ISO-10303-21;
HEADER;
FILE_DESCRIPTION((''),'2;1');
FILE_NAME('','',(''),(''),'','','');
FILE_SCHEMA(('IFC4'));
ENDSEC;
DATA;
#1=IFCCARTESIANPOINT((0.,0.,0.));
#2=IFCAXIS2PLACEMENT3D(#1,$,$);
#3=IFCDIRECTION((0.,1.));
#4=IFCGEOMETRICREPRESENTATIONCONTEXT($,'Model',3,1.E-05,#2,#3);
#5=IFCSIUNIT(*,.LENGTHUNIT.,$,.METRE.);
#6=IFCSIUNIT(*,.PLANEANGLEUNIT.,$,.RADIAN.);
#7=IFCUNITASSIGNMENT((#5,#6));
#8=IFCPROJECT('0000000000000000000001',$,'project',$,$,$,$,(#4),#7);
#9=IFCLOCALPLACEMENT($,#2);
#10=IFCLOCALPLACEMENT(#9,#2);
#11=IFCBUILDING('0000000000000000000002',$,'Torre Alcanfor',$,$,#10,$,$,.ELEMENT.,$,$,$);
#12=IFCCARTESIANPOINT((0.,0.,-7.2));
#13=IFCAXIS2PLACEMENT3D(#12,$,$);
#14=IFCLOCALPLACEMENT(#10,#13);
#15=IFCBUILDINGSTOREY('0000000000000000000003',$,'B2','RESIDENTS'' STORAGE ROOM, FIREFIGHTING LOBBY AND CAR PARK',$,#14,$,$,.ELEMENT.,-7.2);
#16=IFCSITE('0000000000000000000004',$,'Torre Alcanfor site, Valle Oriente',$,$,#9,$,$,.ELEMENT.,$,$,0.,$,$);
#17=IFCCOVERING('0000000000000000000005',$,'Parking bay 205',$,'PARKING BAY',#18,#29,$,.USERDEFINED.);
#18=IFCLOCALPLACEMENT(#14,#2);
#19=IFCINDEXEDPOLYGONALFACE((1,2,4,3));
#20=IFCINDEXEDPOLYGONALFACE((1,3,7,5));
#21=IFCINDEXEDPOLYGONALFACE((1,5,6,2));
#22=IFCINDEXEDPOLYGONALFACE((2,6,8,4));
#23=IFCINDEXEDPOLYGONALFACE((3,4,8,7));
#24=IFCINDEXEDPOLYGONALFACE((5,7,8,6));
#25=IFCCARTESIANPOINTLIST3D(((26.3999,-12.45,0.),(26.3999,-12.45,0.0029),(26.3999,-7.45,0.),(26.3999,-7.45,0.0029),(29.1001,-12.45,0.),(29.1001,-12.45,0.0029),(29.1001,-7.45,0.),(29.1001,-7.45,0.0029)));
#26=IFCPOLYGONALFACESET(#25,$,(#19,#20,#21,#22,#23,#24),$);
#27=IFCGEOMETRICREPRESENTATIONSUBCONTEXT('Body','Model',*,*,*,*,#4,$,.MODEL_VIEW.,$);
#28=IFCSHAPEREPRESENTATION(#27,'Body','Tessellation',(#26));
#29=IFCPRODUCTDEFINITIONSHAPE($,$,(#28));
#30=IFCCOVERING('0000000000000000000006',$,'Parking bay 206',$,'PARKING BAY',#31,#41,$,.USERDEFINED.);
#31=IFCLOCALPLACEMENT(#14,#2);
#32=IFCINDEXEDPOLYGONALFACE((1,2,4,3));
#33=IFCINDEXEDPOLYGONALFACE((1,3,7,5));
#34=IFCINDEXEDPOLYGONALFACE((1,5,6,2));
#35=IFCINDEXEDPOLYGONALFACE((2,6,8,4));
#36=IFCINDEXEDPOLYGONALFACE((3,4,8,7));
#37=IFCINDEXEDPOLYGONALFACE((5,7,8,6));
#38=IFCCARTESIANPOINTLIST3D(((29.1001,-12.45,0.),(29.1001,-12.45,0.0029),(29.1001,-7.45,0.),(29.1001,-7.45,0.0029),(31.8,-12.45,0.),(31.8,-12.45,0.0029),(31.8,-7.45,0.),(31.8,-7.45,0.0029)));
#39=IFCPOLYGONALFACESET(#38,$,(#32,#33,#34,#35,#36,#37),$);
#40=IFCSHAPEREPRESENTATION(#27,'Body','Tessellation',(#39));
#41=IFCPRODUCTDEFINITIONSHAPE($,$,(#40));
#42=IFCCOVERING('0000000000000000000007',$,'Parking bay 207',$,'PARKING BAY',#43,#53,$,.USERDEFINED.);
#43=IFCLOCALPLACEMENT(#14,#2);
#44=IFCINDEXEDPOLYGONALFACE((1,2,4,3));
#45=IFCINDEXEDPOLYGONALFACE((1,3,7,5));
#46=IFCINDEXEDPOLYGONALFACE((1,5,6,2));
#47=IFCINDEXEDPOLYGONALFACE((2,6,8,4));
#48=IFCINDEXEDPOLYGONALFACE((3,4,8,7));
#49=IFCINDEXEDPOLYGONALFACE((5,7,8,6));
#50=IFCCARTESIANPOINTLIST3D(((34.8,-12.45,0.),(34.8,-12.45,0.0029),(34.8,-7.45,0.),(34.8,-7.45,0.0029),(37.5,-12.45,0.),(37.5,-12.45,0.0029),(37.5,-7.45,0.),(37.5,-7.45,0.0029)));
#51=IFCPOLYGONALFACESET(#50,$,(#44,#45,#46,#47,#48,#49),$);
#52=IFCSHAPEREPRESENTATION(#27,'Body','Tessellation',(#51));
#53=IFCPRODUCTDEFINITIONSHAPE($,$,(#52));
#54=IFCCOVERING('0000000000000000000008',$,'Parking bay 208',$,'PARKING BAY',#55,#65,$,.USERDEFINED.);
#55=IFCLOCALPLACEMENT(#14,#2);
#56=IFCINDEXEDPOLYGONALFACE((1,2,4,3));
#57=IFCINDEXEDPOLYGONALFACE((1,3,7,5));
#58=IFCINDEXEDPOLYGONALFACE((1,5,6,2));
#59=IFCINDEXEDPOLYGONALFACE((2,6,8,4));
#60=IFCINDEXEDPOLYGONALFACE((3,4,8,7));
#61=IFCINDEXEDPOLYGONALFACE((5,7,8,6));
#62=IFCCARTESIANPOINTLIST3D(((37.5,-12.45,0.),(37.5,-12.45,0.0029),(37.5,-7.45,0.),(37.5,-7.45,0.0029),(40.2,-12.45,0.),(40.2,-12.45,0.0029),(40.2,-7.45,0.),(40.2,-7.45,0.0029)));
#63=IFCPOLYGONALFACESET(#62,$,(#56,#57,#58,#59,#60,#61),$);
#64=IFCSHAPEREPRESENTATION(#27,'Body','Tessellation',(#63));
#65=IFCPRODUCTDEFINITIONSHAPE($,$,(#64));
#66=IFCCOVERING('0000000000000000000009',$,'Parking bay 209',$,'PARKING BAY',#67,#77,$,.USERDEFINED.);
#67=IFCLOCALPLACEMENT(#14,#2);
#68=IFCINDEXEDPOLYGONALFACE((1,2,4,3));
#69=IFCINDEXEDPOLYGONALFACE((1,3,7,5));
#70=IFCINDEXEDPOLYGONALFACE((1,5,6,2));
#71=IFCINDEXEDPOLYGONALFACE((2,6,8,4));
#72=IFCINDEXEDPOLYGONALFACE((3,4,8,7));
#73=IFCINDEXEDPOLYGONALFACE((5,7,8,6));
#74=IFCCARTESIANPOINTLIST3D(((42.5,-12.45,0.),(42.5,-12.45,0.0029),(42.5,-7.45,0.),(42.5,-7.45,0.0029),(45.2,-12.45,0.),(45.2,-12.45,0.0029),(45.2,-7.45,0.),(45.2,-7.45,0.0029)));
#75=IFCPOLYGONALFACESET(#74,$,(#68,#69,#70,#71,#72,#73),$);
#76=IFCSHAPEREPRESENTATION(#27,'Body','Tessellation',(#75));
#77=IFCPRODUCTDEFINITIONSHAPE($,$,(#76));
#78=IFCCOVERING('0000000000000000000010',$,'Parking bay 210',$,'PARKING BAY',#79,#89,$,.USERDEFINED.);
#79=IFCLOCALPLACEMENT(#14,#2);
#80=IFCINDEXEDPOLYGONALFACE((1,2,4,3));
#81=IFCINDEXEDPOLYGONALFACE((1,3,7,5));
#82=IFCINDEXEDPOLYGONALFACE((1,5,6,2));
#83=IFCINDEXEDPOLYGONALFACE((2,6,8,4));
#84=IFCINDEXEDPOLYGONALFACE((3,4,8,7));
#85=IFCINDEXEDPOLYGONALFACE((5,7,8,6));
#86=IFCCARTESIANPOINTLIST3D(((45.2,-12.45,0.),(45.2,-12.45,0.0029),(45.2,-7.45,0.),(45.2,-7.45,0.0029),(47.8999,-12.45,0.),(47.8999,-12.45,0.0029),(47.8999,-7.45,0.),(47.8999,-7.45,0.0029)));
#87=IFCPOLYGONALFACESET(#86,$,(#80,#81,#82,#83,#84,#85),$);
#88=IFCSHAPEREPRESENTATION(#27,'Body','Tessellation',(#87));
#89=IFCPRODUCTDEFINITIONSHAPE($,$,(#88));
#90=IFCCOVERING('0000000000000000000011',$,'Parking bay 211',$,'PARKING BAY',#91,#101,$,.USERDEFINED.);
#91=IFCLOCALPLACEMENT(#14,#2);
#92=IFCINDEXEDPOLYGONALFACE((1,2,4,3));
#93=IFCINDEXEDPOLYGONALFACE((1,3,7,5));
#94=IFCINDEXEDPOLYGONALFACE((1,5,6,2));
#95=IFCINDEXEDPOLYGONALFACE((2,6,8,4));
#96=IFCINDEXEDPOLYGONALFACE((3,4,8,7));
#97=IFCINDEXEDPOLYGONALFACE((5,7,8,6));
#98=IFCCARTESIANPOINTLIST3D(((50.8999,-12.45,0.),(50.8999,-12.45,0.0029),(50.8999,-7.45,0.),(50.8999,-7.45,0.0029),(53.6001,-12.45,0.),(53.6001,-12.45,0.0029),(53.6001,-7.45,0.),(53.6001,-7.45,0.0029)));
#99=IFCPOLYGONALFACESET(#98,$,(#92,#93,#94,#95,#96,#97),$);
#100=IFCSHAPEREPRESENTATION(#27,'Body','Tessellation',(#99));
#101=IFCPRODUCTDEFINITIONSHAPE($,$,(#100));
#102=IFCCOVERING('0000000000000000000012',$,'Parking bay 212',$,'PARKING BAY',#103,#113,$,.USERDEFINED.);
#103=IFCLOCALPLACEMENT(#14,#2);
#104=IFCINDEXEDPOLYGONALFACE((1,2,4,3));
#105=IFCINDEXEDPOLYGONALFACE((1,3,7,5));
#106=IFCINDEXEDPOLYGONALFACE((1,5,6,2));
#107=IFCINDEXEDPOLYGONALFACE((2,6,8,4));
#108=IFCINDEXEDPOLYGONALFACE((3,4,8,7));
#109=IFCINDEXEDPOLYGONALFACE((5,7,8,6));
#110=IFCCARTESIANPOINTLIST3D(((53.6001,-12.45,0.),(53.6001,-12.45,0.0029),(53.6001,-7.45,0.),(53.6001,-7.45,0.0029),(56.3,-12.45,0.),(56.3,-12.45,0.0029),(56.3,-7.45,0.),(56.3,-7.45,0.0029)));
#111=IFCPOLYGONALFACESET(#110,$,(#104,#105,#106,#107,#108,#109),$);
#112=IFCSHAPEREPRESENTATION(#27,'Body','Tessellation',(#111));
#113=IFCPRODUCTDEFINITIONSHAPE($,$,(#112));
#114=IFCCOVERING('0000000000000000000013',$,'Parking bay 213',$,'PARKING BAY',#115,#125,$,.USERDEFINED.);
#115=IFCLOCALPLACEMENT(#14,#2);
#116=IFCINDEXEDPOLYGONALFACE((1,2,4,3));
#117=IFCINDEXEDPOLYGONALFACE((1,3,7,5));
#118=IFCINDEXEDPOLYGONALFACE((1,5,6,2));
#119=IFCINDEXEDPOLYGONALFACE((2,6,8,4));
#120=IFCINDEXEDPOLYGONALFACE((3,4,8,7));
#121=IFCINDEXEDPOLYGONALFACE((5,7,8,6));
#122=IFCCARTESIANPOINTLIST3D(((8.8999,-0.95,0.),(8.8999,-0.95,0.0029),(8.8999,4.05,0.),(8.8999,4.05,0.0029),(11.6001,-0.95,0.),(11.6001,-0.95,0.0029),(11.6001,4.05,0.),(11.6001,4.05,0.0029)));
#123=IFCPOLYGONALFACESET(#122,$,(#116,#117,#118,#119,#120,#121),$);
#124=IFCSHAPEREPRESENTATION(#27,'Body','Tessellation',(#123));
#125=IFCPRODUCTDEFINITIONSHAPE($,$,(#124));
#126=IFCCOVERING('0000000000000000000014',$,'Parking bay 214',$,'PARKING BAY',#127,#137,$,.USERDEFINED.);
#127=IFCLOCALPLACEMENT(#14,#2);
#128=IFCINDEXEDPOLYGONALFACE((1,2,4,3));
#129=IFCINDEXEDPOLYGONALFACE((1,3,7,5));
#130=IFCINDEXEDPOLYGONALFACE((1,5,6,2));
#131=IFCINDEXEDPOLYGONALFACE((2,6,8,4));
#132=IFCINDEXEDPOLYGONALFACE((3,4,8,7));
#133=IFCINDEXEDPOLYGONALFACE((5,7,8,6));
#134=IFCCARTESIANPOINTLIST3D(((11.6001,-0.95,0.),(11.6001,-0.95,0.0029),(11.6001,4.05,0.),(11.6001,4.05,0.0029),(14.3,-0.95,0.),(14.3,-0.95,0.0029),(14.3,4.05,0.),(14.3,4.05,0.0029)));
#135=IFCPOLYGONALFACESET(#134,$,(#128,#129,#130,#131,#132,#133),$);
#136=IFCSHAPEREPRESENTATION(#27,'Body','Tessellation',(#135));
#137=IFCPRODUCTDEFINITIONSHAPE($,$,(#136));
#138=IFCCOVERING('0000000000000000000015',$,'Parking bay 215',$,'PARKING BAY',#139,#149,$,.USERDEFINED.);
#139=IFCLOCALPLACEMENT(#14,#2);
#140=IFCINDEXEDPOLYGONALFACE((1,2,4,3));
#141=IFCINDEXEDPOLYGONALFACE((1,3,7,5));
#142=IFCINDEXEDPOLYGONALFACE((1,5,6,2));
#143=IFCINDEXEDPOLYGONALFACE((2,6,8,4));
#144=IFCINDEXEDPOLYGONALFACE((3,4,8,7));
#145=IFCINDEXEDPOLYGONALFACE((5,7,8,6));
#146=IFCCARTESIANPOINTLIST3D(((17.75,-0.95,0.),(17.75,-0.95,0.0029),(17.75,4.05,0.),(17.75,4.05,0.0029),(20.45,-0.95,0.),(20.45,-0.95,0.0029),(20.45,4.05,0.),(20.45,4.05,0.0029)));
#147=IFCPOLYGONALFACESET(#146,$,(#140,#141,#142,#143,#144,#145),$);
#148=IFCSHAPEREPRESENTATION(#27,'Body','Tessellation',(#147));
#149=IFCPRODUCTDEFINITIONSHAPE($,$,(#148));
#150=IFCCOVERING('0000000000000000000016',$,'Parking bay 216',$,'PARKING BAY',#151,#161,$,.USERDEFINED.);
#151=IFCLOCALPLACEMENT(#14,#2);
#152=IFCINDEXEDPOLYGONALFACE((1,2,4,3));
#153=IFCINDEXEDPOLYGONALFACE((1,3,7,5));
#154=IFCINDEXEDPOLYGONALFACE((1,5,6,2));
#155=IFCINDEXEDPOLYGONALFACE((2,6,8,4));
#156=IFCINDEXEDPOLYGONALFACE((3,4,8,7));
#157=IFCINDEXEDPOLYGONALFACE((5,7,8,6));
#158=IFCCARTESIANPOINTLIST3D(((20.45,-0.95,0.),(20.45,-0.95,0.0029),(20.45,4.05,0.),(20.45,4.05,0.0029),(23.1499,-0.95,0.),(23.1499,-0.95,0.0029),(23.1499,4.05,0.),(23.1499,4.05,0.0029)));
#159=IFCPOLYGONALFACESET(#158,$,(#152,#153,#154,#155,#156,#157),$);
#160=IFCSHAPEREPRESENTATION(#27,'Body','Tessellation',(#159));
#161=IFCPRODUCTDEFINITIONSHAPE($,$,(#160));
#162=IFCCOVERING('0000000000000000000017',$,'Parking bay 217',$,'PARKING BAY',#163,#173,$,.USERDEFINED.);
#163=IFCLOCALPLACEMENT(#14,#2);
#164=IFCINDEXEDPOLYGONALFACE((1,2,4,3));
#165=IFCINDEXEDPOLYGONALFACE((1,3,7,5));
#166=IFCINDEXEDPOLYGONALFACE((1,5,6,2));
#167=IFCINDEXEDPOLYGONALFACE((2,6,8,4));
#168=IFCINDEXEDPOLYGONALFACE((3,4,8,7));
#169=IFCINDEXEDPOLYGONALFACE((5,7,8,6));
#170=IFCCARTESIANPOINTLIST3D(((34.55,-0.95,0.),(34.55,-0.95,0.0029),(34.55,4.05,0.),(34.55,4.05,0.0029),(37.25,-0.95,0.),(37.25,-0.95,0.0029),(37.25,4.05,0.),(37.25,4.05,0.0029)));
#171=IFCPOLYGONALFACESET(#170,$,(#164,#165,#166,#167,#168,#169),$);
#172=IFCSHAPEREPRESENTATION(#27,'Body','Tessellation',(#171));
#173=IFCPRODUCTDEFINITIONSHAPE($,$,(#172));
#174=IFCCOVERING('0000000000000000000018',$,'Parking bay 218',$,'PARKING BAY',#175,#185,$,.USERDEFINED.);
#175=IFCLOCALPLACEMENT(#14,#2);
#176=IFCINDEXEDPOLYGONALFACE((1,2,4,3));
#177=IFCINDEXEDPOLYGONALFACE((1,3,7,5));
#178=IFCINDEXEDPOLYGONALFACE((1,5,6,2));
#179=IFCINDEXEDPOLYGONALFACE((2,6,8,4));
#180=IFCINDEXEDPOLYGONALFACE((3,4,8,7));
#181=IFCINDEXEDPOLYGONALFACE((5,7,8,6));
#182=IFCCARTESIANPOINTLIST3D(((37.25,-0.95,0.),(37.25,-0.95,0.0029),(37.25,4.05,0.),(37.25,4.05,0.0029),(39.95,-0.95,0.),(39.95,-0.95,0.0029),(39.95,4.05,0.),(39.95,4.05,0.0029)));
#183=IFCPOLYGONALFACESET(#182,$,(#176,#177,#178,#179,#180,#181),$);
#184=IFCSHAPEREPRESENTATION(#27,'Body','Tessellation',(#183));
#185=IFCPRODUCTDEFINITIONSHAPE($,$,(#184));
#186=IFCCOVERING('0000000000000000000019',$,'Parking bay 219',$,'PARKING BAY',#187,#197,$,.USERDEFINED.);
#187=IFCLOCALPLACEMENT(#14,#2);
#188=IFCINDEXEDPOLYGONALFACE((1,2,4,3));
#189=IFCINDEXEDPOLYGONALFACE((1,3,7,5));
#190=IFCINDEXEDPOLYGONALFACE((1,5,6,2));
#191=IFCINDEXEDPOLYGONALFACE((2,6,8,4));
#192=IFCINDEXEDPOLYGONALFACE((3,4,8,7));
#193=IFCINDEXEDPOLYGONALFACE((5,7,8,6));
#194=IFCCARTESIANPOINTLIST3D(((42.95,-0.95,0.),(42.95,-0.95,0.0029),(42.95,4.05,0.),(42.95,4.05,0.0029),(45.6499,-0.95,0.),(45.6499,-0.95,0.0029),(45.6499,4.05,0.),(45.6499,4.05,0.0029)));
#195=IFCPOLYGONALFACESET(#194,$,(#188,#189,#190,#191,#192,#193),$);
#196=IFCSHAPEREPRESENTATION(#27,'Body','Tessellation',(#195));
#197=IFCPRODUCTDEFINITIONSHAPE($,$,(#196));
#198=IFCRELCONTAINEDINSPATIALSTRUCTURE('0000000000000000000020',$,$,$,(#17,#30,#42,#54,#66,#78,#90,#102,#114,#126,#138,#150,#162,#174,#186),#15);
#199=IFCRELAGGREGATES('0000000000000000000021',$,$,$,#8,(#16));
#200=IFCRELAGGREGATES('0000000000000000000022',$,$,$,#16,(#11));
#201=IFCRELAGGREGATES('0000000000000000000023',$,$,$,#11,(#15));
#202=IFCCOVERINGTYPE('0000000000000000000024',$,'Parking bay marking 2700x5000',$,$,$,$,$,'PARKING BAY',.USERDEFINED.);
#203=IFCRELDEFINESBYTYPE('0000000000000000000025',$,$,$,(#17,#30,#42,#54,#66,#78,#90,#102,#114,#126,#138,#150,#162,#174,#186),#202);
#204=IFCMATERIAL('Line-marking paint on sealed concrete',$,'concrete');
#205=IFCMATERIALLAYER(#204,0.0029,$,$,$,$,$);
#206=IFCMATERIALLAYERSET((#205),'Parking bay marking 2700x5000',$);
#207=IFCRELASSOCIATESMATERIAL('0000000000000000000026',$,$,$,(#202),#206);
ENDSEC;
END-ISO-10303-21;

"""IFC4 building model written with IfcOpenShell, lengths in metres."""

from ifc_helpers import new_model, si_unit, direction, frame, origin, place, context, subcontext, project, spatial, polyline, outline, extrude, material, layer, layer_set, type_object, element, save


model = new_model("IFC4")

# Units and contexts
model_context = context("Model", 3, precision=1e-05, world=origin(), true_north=direction((0.0, 1.0)))
body_context = subcontext(model_context, "Body", "Model", "MODEL_VIEW")
ifc_project = project(units=[si_unit("LENGTHUNIT", "METRE"), si_unit("PLANEANGLEUNIT", "RADIAN")], contexts=[model_context])

# Site, building, storey
site_placement = place(None, origin())
site = spatial("IfcSite", under=ifc_project, at=site_placement, Name="Torre Alcanfor site, Valle Oriente", CompositionType="ELEMENT", RefElevation=0.0)
building_placement = place(site_placement, origin())
building = spatial("IfcBuilding", under=site, at=building_placement, Name="Torre Alcanfor", CompositionType="ELEMENT")
storey_placement = place(building_placement, frame((0.0, 0.0, -7.2)))
storey = spatial("IfcBuildingStorey", under=building, at=storey_placement, Name="B2", Description="RESIDENTS' STORAGE ROOM, FIREFIGHTING LOBBY AND CAR PARK", CompositionType="ELEMENT", Elevation=-7.2)

# Coverings
ifc_material = material(Name="Line-marking paint on sealed concrete", Category="concrete")
ifc_layer = layer(ifc_material, 0.0029)
ifc_layer_set = layer_set([ifc_layer], Name="Parking bay marking 2700x5000")
covering_type = type_object("IfcCoveringType", Name="Parking bay marking 2700x5000", ElementType="PARKING BAY", PredefinedType="USERDEFINED", material=ifc_layer_set)
covering_1_placement = place(storey_placement, origin())
element("IfcCovering", 1, at=covering_1_placement, inside=storey, type_object=covering_type, Name="Parking bay 205", ObjectType="PARKING BAY", PredefinedType="USERDEFINED", context=body_context, shape_type="SweptSolid", body=[
    extrude(outline(polyline([(26.3999, -12.45), (29.1001, -12.45), (29.1001, -7.45), (26.3999, -7.45), (26.3999, -12.45)])), origin(), (0.0, 0.0, 1.0), 0.0029),
])
covering_2_placement = place(storey_placement, origin())
element("IfcCovering", 2, at=covering_2_placement, inside=storey, type_object=covering_type, Name="Parking bay 206", ObjectType="PARKING BAY", PredefinedType="USERDEFINED", context=body_context, shape_type="SweptSolid", body=[
    extrude(outline(polyline([(29.1001, -12.45), (31.8, -12.45), (31.8, -7.45), (29.1001, -7.45), (29.1001, -12.45)])), origin(), (0.0, 0.0, 1.0), 0.0029),
])
covering_3_placement = place(storey_placement, origin())
element("IfcCovering", 3, at=covering_3_placement, inside=storey, type_object=covering_type, Name="Parking bay 207", ObjectType="PARKING BAY", PredefinedType="USERDEFINED", context=body_context, shape_type="SweptSolid", body=[
    extrude(outline(polyline([(34.8, -12.45), (37.5, -12.45), (37.5, -7.45), (34.8, -7.45), (34.8, -12.45)])), origin(), (0.0, 0.0, 1.0), 0.0029),
])
covering_4_placement = place(storey_placement, origin())
element("IfcCovering", 4, at=covering_4_placement, inside=storey, type_object=covering_type, Name="Parking bay 208", ObjectType="PARKING BAY", PredefinedType="USERDEFINED", context=body_context, shape_type="SweptSolid", body=[
    extrude(outline(polyline([(37.5, -12.45), (40.2, -12.45), (40.2, -7.45), (37.5, -7.45), (37.5, -12.45)])), origin(), (0.0, 0.0, 1.0), 0.0029),
])
covering_5_placement = place(storey_placement, origin())
element("IfcCovering", 5, at=covering_5_placement, inside=storey, type_object=covering_type, Name="Parking bay 209", ObjectType="PARKING BAY", PredefinedType="USERDEFINED", context=body_context, shape_type="SweptSolid", body=[
    extrude(outline(polyline([(42.5, -12.45), (45.2, -12.45), (45.2, -7.45), (42.5, -7.45), (42.5, -12.45)])), origin(), (0.0, 0.0, 1.0), 0.0029),
])
covering_6_placement = place(storey_placement, origin())
element("IfcCovering", 6, at=covering_6_placement, inside=storey, type_object=covering_type, Name="Parking bay 210", ObjectType="PARKING BAY", PredefinedType="USERDEFINED", context=body_context, shape_type="SweptSolid", body=[
    extrude(outline(polyline([(45.2, -12.45), (47.8999, -12.45), (47.8999, -7.45), (45.2, -7.45), (45.2, -12.45)])), origin(), (0.0, 0.0, 1.0), 0.0029),
])
covering_7_placement = place(storey_placement, origin())
element("IfcCovering", 7, at=covering_7_placement, inside=storey, type_object=covering_type, Name="Parking bay 211", ObjectType="PARKING BAY", PredefinedType="USERDEFINED", context=body_context, shape_type="SweptSolid", body=[
    extrude(outline(polyline([(50.8999, -12.45), (53.6001, -12.45), (53.6001, -7.45), (50.8999, -7.45), (50.8999, -12.45)])), origin(), (0.0, 0.0, 1.0), 0.0029),
])
covering_8_placement = place(storey_placement, origin())
element("IfcCovering", 8, at=covering_8_placement, inside=storey, type_object=covering_type, Name="Parking bay 212", ObjectType="PARKING BAY", PredefinedType="USERDEFINED", context=body_context, shape_type="SweptSolid", body=[
    extrude(outline(polyline([(53.6001, -12.45), (56.3, -12.45), (56.3, -7.45), (53.6001, -7.45), (53.6001, -12.45)])), origin(), (0.0, 0.0, 1.0), 0.0029),
])
covering_9_placement = place(storey_placement, origin())
element("IfcCovering", 9, at=covering_9_placement, inside=storey, type_object=covering_type, Name="Parking bay 213", ObjectType="PARKING BAY", PredefinedType="USERDEFINED", context=body_context, shape_type="SweptSolid", body=[
    extrude(outline(polyline([(8.8999, -0.95), (11.6001, -0.95), (11.6001, 4.05), (8.8999, 4.05), (8.8999, -0.95)])), origin(), (0.0, 0.0, 1.0), 0.0029),
])
covering_10_placement = place(storey_placement, origin())
element("IfcCovering", 10, at=covering_10_placement, inside=storey, type_object=covering_type, Name="Parking bay 214", ObjectType="PARKING BAY", PredefinedType="USERDEFINED", context=body_context, shape_type="SweptSolid", body=[
    extrude(outline(polyline([(11.6001, -0.95), (14.3, -0.95), (14.3, 4.05), (11.6001, 4.05), (11.6001, -0.95)])), origin(), (0.0, 0.0, 1.0), 0.0029),
])
covering_11_placement = place(storey_placement, origin())
element("IfcCovering", 11, at=covering_11_placement, inside=storey, type_object=covering_type, Name="Parking bay 215", ObjectType="PARKING BAY", PredefinedType="USERDEFINED", context=body_context, shape_type="SweptSolid", body=[
    extrude(outline(polyline([(17.75, -0.95), (20.45, -0.95), (20.45, 4.05), (17.75, 4.05), (17.75, -0.95)])), origin(), (0.0, 0.0, 1.0), 0.0029),
])
covering_12_placement = place(storey_placement, origin())
element("IfcCovering", 12, at=covering_12_placement, inside=storey, type_object=covering_type, Name="Parking bay 216", ObjectType="PARKING BAY", PredefinedType="USERDEFINED", context=body_context, shape_type="SweptSolid", body=[
    extrude(outline(polyline([(20.45, -0.95), (23.1499, -0.95), (23.1499, 4.05), (20.45, 4.05), (20.45, -0.95)])), origin(), (0.0, 0.0, 1.0), 0.0029),
])
covering_13_placement = place(storey_placement, origin())
element("IfcCovering", 13, at=covering_13_placement, inside=storey, type_object=covering_type, Name="Parking bay 217", ObjectType="PARKING BAY", PredefinedType="USERDEFINED", context=body_context, shape_type="SweptSolid", body=[
    extrude(outline(polyline([(34.55, -0.95), (37.25, -0.95), (37.25, 4.05), (34.55, 4.05), (34.55, -0.95)])), origin(), (0.0, 0.0, 1.0), 0.0029),
])
covering_14_placement = place(storey_placement, origin())
element("IfcCovering", 14, at=covering_14_placement, inside=storey, type_object=covering_type, Name="Parking bay 218", ObjectType="PARKING BAY", PredefinedType="USERDEFINED", context=body_context, shape_type="SweptSolid", body=[
    extrude(outline(polyline([(37.25, -0.95), (39.95, -0.95), (39.95, 4.05), (37.25, 4.05), (37.25, -0.95)])), origin(), (0.0, 0.0, 1.0), 0.0029),
])
covering_15_placement = place(storey_placement, origin())
element("IfcCovering", 15, at=covering_15_placement, inside=storey, type_object=covering_type, Name="Parking bay 219", ObjectType="PARKING BAY", PredefinedType="USERDEFINED", context=body_context, shape_type="SweptSolid", body=[
    extrude(outline(polyline([(42.95, -0.95), (45.6499, -0.95), (45.6499, 4.05), (42.95, 4.05), (42.95, -0.95)])), origin(), (0.0, 0.0, 1.0), 0.0029),
])

save(model, "model.ifc")
